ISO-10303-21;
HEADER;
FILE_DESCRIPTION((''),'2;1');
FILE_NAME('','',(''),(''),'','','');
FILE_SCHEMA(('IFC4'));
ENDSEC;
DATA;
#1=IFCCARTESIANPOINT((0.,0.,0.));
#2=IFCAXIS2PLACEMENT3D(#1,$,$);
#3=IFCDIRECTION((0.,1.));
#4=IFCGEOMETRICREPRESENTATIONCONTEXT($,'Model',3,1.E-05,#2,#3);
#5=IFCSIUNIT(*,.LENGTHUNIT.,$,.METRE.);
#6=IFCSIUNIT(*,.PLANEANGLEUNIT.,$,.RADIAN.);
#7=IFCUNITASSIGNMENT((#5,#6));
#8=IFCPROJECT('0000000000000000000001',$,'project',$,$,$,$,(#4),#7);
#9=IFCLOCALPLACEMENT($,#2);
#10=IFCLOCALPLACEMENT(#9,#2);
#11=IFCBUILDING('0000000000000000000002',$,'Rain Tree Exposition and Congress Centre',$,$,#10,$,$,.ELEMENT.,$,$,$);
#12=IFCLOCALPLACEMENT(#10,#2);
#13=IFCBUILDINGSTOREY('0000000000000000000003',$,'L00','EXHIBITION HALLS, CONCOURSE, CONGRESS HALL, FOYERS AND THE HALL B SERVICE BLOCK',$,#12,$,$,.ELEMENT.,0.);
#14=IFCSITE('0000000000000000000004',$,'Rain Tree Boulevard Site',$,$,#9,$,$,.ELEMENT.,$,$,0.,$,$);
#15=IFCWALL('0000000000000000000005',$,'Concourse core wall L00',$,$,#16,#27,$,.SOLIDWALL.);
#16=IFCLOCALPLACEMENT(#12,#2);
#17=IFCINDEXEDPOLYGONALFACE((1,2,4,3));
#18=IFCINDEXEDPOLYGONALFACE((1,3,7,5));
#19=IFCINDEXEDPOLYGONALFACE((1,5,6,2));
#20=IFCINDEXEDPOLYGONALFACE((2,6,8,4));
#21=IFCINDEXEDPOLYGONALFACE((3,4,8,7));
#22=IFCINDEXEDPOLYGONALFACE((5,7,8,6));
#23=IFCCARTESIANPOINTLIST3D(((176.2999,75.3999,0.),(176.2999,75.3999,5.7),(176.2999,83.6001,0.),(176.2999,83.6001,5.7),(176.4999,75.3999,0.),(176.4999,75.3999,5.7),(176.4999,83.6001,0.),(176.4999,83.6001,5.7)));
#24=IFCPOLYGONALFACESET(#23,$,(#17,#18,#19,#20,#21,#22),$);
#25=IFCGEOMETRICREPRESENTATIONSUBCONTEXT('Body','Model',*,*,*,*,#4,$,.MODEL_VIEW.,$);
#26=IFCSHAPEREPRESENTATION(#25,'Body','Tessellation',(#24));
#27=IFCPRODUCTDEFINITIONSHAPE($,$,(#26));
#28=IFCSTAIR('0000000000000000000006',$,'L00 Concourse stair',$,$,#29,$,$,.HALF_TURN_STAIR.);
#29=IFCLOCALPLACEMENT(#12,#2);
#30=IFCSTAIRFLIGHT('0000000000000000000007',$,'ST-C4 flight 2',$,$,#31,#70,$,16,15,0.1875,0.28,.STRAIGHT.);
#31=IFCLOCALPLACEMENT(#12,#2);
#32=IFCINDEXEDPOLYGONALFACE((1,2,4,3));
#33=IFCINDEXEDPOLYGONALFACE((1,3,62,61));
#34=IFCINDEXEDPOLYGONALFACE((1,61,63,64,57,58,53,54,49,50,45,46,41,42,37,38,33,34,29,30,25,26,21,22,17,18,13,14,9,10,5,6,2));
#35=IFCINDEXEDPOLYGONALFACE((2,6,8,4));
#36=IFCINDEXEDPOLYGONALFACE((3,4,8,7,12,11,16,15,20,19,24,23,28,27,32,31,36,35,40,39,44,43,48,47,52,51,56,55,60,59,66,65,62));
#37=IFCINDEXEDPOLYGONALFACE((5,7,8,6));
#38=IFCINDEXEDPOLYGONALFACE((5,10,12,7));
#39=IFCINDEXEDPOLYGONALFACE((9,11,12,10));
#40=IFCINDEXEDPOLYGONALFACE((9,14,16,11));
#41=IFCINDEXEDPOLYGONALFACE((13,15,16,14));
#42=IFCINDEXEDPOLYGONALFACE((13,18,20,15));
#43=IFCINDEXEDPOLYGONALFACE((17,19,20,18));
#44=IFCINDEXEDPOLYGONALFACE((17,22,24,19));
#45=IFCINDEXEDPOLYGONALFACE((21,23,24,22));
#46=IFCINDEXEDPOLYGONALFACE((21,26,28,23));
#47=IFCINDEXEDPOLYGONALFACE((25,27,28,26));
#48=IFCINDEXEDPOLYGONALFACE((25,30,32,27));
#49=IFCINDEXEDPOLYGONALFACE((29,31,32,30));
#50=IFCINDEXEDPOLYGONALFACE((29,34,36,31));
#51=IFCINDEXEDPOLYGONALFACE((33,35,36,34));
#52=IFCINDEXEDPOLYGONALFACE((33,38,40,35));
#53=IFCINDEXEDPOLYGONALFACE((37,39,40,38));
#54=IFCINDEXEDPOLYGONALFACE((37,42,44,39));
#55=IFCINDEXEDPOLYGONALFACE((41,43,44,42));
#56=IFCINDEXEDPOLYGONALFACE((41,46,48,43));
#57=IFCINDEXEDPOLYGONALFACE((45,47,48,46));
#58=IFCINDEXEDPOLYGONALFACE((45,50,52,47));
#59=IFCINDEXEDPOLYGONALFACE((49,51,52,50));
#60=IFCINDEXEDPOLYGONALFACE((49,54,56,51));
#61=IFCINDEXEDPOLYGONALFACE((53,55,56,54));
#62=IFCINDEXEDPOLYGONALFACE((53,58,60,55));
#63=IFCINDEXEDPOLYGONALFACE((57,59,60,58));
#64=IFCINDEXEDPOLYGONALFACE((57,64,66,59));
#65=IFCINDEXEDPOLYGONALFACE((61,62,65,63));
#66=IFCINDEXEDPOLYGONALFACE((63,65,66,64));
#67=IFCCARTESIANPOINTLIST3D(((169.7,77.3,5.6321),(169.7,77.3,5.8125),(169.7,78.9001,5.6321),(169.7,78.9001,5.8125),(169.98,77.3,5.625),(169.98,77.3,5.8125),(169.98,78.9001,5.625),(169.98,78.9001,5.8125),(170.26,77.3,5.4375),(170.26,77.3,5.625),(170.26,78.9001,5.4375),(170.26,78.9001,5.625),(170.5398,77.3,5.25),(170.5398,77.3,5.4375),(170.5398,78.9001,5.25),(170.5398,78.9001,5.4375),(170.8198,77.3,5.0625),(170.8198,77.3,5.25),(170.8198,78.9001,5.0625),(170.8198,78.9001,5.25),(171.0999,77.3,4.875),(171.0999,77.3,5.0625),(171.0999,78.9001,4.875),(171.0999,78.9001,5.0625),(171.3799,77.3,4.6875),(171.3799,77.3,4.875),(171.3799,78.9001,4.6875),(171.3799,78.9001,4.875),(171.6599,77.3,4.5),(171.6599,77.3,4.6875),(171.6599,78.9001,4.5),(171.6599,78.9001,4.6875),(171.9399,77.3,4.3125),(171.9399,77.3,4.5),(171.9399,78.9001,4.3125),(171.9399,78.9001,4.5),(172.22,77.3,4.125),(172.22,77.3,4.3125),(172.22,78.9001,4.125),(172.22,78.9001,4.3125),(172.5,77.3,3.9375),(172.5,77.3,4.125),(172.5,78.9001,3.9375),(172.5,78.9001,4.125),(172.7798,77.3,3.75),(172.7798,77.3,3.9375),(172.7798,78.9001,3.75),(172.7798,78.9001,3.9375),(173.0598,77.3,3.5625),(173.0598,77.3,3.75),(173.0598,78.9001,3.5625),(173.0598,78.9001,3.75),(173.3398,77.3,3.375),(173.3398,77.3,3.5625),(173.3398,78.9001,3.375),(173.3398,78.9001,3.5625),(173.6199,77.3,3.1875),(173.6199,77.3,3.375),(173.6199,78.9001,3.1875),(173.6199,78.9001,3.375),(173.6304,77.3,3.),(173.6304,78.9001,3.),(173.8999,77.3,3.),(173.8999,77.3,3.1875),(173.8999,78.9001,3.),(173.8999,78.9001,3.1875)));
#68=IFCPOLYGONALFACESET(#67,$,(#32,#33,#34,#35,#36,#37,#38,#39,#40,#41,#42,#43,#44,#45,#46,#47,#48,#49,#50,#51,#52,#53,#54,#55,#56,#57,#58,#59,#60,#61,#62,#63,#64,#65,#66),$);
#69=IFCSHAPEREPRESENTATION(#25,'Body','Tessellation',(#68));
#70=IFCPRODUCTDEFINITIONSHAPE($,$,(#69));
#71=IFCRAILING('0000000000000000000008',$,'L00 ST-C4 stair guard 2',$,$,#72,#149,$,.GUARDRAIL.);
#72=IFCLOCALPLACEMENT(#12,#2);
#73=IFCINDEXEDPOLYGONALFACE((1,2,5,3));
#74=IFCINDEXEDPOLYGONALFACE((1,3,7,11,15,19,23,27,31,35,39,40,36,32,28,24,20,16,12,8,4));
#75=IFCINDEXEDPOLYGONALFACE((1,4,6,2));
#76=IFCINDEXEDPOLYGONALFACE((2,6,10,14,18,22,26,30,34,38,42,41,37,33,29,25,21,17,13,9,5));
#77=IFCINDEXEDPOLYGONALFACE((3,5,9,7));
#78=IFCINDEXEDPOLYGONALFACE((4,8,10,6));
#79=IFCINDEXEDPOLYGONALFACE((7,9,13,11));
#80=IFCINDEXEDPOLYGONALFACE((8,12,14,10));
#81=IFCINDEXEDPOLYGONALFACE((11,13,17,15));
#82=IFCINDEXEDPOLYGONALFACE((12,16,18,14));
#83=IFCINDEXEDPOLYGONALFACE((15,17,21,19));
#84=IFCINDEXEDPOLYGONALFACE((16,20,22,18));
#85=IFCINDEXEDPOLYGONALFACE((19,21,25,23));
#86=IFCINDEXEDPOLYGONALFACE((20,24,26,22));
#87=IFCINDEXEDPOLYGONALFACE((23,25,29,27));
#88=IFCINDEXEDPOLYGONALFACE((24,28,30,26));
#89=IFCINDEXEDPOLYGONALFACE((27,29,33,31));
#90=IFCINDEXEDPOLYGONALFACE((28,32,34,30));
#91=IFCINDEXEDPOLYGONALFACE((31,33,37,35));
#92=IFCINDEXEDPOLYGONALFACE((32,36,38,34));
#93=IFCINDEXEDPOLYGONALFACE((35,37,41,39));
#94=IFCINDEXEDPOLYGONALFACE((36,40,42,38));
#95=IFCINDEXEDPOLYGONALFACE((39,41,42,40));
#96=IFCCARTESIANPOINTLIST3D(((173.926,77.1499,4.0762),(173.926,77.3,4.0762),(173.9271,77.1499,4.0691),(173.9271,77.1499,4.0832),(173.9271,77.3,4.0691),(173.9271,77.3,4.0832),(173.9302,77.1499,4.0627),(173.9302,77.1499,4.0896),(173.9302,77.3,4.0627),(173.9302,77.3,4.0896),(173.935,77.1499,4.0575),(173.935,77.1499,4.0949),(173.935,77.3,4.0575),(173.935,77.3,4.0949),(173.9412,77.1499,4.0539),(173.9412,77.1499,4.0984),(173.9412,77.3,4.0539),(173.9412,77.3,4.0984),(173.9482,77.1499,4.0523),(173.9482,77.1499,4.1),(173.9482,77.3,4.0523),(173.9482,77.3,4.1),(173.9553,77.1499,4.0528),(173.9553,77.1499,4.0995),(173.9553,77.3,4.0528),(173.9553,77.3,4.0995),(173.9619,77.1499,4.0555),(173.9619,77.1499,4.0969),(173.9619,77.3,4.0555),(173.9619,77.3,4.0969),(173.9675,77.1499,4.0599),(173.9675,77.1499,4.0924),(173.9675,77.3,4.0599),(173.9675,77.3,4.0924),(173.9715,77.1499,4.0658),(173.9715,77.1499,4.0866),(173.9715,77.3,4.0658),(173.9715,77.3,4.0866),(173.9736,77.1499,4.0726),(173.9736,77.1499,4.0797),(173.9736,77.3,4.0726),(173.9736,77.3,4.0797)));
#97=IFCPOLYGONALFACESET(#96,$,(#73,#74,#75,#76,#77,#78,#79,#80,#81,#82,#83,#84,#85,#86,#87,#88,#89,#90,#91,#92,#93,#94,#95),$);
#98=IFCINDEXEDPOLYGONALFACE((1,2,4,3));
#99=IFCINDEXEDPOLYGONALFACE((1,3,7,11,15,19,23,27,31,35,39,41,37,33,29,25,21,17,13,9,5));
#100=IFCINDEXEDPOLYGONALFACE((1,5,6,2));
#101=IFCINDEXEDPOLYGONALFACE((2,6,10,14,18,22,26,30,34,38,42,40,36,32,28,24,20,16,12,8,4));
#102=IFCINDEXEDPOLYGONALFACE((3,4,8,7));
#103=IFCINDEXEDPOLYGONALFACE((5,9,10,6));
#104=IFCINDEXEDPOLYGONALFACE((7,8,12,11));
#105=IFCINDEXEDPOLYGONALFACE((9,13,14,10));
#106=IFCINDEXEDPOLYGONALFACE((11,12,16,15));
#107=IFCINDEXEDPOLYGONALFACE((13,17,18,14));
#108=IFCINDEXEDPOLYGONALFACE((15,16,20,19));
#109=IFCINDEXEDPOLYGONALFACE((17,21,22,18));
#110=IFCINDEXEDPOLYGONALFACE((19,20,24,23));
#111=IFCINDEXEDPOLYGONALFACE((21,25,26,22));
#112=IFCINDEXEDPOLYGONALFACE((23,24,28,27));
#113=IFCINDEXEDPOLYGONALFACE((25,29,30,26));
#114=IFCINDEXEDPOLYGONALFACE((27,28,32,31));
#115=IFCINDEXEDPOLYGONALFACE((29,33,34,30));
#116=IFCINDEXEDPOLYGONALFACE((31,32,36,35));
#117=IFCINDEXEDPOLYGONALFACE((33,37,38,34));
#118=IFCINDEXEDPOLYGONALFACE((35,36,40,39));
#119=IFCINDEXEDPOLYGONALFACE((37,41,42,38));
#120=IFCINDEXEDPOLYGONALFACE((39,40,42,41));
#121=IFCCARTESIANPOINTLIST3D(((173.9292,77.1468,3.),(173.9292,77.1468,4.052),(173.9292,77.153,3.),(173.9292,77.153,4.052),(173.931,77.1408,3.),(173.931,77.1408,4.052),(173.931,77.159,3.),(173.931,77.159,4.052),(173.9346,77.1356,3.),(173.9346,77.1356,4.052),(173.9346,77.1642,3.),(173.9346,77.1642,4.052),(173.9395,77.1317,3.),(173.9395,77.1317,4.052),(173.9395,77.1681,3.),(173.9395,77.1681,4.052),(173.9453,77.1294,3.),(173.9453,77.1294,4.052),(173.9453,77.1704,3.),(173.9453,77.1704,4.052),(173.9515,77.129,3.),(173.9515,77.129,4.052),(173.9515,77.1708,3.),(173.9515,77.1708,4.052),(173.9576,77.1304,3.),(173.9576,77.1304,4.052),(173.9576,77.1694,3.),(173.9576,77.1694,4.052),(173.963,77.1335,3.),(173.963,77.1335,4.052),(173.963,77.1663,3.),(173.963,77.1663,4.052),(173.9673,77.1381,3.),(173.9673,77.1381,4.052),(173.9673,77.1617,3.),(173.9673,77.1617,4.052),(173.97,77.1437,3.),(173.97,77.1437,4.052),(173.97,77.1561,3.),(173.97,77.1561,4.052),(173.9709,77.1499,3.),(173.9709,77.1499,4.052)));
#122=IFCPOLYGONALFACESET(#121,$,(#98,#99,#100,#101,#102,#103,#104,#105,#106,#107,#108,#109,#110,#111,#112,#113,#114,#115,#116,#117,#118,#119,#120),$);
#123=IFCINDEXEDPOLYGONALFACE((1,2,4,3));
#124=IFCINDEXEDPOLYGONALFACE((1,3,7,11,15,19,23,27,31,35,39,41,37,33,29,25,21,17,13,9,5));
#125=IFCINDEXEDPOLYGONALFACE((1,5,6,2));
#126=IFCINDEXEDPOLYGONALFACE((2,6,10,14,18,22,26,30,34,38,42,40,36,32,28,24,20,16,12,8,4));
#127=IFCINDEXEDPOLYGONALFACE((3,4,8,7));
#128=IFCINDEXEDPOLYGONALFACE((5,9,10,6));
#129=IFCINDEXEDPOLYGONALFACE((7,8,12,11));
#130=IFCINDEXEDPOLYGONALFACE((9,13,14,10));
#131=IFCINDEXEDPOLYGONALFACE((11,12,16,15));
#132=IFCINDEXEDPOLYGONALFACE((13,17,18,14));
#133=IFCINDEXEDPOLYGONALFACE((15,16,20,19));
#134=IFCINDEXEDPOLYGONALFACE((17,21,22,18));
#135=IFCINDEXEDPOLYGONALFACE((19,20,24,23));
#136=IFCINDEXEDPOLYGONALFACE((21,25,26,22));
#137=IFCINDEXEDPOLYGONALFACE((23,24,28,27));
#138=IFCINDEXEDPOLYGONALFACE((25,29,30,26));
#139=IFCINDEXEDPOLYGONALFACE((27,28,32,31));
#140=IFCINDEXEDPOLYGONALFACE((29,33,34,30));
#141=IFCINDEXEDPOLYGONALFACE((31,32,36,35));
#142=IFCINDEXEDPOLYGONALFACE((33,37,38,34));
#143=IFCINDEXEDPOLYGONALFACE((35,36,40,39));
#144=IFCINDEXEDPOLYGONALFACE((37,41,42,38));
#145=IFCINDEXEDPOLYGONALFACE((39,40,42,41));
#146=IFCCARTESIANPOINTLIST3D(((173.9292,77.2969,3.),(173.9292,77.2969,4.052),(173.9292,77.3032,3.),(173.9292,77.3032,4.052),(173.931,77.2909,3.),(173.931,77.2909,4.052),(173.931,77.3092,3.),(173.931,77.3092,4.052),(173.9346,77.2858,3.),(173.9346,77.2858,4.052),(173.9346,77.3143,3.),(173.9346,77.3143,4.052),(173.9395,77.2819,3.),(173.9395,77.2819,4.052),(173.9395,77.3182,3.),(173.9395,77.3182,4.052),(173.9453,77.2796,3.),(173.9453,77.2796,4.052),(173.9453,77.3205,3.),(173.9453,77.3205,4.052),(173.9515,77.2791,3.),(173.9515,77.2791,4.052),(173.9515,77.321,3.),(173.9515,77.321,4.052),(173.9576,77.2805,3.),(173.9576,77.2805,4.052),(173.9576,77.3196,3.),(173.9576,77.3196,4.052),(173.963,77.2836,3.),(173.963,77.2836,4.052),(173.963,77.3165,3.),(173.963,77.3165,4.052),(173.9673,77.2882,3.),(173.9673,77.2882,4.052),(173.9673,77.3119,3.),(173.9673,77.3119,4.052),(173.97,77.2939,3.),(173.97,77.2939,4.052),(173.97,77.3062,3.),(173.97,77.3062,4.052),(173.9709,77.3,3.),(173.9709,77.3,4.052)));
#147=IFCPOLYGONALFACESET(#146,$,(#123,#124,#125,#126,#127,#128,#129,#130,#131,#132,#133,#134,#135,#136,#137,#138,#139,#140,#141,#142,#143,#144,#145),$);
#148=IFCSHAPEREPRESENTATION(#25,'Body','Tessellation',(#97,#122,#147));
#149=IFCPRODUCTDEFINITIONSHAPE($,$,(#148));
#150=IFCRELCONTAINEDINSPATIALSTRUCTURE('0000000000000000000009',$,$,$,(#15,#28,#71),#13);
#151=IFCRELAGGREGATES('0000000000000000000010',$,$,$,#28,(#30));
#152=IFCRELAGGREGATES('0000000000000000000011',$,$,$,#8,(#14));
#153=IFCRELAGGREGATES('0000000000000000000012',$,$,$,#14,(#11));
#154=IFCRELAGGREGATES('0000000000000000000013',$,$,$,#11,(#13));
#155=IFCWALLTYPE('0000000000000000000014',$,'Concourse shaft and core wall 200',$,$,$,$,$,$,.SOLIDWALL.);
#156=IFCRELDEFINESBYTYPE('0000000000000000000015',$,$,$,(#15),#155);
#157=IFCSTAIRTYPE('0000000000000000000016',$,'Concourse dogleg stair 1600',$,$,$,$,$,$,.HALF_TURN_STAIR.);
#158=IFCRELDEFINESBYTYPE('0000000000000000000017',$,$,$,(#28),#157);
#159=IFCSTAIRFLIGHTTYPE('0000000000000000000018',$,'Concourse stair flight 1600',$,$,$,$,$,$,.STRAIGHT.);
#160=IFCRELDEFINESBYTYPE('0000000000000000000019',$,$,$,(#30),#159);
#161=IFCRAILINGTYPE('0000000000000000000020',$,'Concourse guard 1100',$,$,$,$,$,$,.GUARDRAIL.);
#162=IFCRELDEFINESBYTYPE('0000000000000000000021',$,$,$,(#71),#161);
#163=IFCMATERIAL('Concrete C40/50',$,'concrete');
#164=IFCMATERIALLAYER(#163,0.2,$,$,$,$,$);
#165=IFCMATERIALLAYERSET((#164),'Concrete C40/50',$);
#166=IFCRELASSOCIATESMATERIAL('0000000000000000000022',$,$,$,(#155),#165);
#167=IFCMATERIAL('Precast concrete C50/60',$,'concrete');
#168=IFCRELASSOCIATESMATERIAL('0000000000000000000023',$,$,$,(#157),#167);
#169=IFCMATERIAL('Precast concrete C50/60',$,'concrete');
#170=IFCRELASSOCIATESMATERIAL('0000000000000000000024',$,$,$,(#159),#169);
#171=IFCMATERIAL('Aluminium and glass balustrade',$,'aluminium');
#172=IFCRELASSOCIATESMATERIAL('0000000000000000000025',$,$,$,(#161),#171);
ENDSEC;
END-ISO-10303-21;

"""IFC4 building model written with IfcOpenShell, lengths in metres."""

from ifc_helpers import new_model, si_unit, direction, frame, frame_2d, origin, origin_2d, place, context, subcontext, project, spatial, polyline, rectangle, circle, outline, extrude, material, layer, layer_set, type_object, element, aggregate, save


model = new_model("IFC4")

# Units and contexts
model_context = context("Model", 3, precision=1e-05, world=origin(), true_north=direction((0.0, 1.0)))
body_context = subcontext(model_context, "Body", "Model", "MODEL_VIEW")
ifc_project = project(units=[si_unit("LENGTHUNIT", "METRE"), si_unit("PLANEANGLEUNIT", "RADIAN")], contexts=[model_context])

# Site, building, storey
site_placement = place(None, origin())
site = spatial("IfcSite", under=ifc_project, at=site_placement, Name="Rain Tree Boulevard Site", CompositionType="ELEMENT", RefElevation=0.0)
building_placement = place(site_placement, origin())
building = spatial("IfcBuilding", under=site, at=building_placement, Name="Rain Tree Exposition and Congress Centre", CompositionType="ELEMENT")
storey_placement = place(building_placement, origin())
storey = spatial("IfcBuildingStorey", under=building, at=storey_placement, Name="L00", Description="EXHIBITION HALLS, CONCOURSE, CONGRESS HALL, FOYERS AND THE HALL B SERVICE BLOCK", CompositionType="ELEMENT", Elevation=0.0)

# Wall
ifc_material_1 = material(Name="Concrete C40/50", Category="concrete")
ifc_layer_1 = layer(ifc_material_1, 0.2)
ifc_layer_set_1 = layer_set([ifc_layer_1], Name="Concrete C40/50")
wall_type_1 = type_object("IfcWallType", Name="Concourse shaft and core wall 200", PredefinedType="SOLIDWALL", material=ifc_layer_set_1)
wall_1_placement = place(storey_placement, frame((176.3999, 75.3999, 0.0), z_axis=(0.0, 0.0, 1.0), x_axis=(0.0, 1.0, 0.0)))
element("IfcWall", 1, at=wall_1_placement, inside=storey, type_object=wall_type_1, Name="Concourse core wall L00", PredefinedType="SOLIDWALL", context=body_context, shape_type="SweptSolid", body=[
    extrude(rectangle(XDim=8.2002, YDim=0.2, at=frame_2d((4.1001, 0.0))), origin(), (0.0, 0.0, 1.0), 5.7),
])

# Stair, stair flight
ifc_material_2 = material(Name="Precast concrete C50/60", Category="concrete")
stair_type = type_object("IfcStairType", Name="Concourse dogleg stair 1600", PredefinedType="HALF_TURN_STAIR", material=ifc_material_2)
stair_placement = place(storey_placement, origin())
stair = element("IfcStair", 2, at=stair_placement, inside=storey, type_object=stair_type, Name="L00 Concourse stair", PredefinedType="HALF_TURN_STAIR")
ifc_material_3 = material(Name="Precast concrete C50/60", Category="concrete")
stair_flight_type = type_object("IfcStairFlightType", Name="Concourse stair flight 1600", PredefinedType="STRAIGHT", material=ifc_material_3)
stair_flight_placement = place(storey_placement, frame((173.8999, 78.1001, 3.0), z_axis=(0.0, 0.0, 1.0), x_axis=(-1.0, 0.0, 0.0)))
stair_flight = element("IfcStairFlight", 3, at=stair_flight_placement, type_object=stair_flight_type, Name="ST-C4 flight 2", NumberOfRisers=16, NumberOfTreads=15, PredefinedType="STRAIGHT", RiserHeight=0.1875, TreadLength=0.28, context=body_context, shape_type="SweptSolid", body=[
    extrude(outline(polyline([(0.0, 0.0), (0.0, 0.1875), (0.28, 0.1875), (0.28, 0.375), (0.5601, 0.375), (0.5601, 0.5625), (0.8401, 0.5625), (0.8401, 0.75), (1.1201, 0.75), (1.1201, 0.9375), (1.3999, 0.9375), (1.3999, 1.125), (1.6799, 1.125), (1.6799, 1.3125), (1.96, 1.3125), (1.96, 1.5), (2.24, 1.5), (2.24, 1.6875), (2.52, 1.6875), (2.52, 1.875), (2.8, 1.875), (2.8, 2.0625), (3.0801, 2.0625), (3.0801, 2.25), (3.3601, 2.25), (3.3601, 2.4375), (3.6399, 2.4375), (3.6399, 2.625), (3.9199, 2.625), (3.9199, 2.8125), (4.2, 2.8125), (4.2, 3.0), (4.2, 2.6321), (0.2695, 0.0), (0.0, 0.0)])), frame((0.0, 0.8, 0.0), z_axis=(0.0, -1.0, 0.0), x_axis=(1.0, 0.0, 0.0)), (0.0, 0.0, 1.0), 1.6001),
])
aggregate(stair, [stair_flight])

# Railing
ifc_material_4 = material(Name="Aluminium and glass balustrade", Category="aluminium")
railing_type_1 = type_object("IfcRailingType", Name="Concourse guard 1100", PredefinedType="GUARDRAIL", material=ifc_material_4)
railing_1_placement = place(storey_placement, frame((173.95, 77.1499, 3.0)))
element("IfcRailing", 4, at=railing_1_placement, inside=storey, type_object=railing_type_1, Name="L00 ST-C4 stair guard 2", PredefinedType="GUARDRAIL", context=body_context, shape_type="SweptSolid", body=[
    extrude(circle(Radius=0.0239, at=origin_2d()), frame((0.0, 0.0, 1.0762), z_axis=(0.0, 1.0, 0.0), x_axis=(-1.0, 0.0, 0.0)), (0.0, 0.0, 1.0), 0.1501),
    extrude(circle(Radius=0.021, at=origin_2d()), origin(), (0.0, 0.0, 1.0), 1.052),
    extrude(circle(Radius=0.021, at=origin_2d()), frame((0.0, 0.1501, 0.0)), (0.0, 0.0, 1.0), 1.052),
])

save(model, "model.ifc")
